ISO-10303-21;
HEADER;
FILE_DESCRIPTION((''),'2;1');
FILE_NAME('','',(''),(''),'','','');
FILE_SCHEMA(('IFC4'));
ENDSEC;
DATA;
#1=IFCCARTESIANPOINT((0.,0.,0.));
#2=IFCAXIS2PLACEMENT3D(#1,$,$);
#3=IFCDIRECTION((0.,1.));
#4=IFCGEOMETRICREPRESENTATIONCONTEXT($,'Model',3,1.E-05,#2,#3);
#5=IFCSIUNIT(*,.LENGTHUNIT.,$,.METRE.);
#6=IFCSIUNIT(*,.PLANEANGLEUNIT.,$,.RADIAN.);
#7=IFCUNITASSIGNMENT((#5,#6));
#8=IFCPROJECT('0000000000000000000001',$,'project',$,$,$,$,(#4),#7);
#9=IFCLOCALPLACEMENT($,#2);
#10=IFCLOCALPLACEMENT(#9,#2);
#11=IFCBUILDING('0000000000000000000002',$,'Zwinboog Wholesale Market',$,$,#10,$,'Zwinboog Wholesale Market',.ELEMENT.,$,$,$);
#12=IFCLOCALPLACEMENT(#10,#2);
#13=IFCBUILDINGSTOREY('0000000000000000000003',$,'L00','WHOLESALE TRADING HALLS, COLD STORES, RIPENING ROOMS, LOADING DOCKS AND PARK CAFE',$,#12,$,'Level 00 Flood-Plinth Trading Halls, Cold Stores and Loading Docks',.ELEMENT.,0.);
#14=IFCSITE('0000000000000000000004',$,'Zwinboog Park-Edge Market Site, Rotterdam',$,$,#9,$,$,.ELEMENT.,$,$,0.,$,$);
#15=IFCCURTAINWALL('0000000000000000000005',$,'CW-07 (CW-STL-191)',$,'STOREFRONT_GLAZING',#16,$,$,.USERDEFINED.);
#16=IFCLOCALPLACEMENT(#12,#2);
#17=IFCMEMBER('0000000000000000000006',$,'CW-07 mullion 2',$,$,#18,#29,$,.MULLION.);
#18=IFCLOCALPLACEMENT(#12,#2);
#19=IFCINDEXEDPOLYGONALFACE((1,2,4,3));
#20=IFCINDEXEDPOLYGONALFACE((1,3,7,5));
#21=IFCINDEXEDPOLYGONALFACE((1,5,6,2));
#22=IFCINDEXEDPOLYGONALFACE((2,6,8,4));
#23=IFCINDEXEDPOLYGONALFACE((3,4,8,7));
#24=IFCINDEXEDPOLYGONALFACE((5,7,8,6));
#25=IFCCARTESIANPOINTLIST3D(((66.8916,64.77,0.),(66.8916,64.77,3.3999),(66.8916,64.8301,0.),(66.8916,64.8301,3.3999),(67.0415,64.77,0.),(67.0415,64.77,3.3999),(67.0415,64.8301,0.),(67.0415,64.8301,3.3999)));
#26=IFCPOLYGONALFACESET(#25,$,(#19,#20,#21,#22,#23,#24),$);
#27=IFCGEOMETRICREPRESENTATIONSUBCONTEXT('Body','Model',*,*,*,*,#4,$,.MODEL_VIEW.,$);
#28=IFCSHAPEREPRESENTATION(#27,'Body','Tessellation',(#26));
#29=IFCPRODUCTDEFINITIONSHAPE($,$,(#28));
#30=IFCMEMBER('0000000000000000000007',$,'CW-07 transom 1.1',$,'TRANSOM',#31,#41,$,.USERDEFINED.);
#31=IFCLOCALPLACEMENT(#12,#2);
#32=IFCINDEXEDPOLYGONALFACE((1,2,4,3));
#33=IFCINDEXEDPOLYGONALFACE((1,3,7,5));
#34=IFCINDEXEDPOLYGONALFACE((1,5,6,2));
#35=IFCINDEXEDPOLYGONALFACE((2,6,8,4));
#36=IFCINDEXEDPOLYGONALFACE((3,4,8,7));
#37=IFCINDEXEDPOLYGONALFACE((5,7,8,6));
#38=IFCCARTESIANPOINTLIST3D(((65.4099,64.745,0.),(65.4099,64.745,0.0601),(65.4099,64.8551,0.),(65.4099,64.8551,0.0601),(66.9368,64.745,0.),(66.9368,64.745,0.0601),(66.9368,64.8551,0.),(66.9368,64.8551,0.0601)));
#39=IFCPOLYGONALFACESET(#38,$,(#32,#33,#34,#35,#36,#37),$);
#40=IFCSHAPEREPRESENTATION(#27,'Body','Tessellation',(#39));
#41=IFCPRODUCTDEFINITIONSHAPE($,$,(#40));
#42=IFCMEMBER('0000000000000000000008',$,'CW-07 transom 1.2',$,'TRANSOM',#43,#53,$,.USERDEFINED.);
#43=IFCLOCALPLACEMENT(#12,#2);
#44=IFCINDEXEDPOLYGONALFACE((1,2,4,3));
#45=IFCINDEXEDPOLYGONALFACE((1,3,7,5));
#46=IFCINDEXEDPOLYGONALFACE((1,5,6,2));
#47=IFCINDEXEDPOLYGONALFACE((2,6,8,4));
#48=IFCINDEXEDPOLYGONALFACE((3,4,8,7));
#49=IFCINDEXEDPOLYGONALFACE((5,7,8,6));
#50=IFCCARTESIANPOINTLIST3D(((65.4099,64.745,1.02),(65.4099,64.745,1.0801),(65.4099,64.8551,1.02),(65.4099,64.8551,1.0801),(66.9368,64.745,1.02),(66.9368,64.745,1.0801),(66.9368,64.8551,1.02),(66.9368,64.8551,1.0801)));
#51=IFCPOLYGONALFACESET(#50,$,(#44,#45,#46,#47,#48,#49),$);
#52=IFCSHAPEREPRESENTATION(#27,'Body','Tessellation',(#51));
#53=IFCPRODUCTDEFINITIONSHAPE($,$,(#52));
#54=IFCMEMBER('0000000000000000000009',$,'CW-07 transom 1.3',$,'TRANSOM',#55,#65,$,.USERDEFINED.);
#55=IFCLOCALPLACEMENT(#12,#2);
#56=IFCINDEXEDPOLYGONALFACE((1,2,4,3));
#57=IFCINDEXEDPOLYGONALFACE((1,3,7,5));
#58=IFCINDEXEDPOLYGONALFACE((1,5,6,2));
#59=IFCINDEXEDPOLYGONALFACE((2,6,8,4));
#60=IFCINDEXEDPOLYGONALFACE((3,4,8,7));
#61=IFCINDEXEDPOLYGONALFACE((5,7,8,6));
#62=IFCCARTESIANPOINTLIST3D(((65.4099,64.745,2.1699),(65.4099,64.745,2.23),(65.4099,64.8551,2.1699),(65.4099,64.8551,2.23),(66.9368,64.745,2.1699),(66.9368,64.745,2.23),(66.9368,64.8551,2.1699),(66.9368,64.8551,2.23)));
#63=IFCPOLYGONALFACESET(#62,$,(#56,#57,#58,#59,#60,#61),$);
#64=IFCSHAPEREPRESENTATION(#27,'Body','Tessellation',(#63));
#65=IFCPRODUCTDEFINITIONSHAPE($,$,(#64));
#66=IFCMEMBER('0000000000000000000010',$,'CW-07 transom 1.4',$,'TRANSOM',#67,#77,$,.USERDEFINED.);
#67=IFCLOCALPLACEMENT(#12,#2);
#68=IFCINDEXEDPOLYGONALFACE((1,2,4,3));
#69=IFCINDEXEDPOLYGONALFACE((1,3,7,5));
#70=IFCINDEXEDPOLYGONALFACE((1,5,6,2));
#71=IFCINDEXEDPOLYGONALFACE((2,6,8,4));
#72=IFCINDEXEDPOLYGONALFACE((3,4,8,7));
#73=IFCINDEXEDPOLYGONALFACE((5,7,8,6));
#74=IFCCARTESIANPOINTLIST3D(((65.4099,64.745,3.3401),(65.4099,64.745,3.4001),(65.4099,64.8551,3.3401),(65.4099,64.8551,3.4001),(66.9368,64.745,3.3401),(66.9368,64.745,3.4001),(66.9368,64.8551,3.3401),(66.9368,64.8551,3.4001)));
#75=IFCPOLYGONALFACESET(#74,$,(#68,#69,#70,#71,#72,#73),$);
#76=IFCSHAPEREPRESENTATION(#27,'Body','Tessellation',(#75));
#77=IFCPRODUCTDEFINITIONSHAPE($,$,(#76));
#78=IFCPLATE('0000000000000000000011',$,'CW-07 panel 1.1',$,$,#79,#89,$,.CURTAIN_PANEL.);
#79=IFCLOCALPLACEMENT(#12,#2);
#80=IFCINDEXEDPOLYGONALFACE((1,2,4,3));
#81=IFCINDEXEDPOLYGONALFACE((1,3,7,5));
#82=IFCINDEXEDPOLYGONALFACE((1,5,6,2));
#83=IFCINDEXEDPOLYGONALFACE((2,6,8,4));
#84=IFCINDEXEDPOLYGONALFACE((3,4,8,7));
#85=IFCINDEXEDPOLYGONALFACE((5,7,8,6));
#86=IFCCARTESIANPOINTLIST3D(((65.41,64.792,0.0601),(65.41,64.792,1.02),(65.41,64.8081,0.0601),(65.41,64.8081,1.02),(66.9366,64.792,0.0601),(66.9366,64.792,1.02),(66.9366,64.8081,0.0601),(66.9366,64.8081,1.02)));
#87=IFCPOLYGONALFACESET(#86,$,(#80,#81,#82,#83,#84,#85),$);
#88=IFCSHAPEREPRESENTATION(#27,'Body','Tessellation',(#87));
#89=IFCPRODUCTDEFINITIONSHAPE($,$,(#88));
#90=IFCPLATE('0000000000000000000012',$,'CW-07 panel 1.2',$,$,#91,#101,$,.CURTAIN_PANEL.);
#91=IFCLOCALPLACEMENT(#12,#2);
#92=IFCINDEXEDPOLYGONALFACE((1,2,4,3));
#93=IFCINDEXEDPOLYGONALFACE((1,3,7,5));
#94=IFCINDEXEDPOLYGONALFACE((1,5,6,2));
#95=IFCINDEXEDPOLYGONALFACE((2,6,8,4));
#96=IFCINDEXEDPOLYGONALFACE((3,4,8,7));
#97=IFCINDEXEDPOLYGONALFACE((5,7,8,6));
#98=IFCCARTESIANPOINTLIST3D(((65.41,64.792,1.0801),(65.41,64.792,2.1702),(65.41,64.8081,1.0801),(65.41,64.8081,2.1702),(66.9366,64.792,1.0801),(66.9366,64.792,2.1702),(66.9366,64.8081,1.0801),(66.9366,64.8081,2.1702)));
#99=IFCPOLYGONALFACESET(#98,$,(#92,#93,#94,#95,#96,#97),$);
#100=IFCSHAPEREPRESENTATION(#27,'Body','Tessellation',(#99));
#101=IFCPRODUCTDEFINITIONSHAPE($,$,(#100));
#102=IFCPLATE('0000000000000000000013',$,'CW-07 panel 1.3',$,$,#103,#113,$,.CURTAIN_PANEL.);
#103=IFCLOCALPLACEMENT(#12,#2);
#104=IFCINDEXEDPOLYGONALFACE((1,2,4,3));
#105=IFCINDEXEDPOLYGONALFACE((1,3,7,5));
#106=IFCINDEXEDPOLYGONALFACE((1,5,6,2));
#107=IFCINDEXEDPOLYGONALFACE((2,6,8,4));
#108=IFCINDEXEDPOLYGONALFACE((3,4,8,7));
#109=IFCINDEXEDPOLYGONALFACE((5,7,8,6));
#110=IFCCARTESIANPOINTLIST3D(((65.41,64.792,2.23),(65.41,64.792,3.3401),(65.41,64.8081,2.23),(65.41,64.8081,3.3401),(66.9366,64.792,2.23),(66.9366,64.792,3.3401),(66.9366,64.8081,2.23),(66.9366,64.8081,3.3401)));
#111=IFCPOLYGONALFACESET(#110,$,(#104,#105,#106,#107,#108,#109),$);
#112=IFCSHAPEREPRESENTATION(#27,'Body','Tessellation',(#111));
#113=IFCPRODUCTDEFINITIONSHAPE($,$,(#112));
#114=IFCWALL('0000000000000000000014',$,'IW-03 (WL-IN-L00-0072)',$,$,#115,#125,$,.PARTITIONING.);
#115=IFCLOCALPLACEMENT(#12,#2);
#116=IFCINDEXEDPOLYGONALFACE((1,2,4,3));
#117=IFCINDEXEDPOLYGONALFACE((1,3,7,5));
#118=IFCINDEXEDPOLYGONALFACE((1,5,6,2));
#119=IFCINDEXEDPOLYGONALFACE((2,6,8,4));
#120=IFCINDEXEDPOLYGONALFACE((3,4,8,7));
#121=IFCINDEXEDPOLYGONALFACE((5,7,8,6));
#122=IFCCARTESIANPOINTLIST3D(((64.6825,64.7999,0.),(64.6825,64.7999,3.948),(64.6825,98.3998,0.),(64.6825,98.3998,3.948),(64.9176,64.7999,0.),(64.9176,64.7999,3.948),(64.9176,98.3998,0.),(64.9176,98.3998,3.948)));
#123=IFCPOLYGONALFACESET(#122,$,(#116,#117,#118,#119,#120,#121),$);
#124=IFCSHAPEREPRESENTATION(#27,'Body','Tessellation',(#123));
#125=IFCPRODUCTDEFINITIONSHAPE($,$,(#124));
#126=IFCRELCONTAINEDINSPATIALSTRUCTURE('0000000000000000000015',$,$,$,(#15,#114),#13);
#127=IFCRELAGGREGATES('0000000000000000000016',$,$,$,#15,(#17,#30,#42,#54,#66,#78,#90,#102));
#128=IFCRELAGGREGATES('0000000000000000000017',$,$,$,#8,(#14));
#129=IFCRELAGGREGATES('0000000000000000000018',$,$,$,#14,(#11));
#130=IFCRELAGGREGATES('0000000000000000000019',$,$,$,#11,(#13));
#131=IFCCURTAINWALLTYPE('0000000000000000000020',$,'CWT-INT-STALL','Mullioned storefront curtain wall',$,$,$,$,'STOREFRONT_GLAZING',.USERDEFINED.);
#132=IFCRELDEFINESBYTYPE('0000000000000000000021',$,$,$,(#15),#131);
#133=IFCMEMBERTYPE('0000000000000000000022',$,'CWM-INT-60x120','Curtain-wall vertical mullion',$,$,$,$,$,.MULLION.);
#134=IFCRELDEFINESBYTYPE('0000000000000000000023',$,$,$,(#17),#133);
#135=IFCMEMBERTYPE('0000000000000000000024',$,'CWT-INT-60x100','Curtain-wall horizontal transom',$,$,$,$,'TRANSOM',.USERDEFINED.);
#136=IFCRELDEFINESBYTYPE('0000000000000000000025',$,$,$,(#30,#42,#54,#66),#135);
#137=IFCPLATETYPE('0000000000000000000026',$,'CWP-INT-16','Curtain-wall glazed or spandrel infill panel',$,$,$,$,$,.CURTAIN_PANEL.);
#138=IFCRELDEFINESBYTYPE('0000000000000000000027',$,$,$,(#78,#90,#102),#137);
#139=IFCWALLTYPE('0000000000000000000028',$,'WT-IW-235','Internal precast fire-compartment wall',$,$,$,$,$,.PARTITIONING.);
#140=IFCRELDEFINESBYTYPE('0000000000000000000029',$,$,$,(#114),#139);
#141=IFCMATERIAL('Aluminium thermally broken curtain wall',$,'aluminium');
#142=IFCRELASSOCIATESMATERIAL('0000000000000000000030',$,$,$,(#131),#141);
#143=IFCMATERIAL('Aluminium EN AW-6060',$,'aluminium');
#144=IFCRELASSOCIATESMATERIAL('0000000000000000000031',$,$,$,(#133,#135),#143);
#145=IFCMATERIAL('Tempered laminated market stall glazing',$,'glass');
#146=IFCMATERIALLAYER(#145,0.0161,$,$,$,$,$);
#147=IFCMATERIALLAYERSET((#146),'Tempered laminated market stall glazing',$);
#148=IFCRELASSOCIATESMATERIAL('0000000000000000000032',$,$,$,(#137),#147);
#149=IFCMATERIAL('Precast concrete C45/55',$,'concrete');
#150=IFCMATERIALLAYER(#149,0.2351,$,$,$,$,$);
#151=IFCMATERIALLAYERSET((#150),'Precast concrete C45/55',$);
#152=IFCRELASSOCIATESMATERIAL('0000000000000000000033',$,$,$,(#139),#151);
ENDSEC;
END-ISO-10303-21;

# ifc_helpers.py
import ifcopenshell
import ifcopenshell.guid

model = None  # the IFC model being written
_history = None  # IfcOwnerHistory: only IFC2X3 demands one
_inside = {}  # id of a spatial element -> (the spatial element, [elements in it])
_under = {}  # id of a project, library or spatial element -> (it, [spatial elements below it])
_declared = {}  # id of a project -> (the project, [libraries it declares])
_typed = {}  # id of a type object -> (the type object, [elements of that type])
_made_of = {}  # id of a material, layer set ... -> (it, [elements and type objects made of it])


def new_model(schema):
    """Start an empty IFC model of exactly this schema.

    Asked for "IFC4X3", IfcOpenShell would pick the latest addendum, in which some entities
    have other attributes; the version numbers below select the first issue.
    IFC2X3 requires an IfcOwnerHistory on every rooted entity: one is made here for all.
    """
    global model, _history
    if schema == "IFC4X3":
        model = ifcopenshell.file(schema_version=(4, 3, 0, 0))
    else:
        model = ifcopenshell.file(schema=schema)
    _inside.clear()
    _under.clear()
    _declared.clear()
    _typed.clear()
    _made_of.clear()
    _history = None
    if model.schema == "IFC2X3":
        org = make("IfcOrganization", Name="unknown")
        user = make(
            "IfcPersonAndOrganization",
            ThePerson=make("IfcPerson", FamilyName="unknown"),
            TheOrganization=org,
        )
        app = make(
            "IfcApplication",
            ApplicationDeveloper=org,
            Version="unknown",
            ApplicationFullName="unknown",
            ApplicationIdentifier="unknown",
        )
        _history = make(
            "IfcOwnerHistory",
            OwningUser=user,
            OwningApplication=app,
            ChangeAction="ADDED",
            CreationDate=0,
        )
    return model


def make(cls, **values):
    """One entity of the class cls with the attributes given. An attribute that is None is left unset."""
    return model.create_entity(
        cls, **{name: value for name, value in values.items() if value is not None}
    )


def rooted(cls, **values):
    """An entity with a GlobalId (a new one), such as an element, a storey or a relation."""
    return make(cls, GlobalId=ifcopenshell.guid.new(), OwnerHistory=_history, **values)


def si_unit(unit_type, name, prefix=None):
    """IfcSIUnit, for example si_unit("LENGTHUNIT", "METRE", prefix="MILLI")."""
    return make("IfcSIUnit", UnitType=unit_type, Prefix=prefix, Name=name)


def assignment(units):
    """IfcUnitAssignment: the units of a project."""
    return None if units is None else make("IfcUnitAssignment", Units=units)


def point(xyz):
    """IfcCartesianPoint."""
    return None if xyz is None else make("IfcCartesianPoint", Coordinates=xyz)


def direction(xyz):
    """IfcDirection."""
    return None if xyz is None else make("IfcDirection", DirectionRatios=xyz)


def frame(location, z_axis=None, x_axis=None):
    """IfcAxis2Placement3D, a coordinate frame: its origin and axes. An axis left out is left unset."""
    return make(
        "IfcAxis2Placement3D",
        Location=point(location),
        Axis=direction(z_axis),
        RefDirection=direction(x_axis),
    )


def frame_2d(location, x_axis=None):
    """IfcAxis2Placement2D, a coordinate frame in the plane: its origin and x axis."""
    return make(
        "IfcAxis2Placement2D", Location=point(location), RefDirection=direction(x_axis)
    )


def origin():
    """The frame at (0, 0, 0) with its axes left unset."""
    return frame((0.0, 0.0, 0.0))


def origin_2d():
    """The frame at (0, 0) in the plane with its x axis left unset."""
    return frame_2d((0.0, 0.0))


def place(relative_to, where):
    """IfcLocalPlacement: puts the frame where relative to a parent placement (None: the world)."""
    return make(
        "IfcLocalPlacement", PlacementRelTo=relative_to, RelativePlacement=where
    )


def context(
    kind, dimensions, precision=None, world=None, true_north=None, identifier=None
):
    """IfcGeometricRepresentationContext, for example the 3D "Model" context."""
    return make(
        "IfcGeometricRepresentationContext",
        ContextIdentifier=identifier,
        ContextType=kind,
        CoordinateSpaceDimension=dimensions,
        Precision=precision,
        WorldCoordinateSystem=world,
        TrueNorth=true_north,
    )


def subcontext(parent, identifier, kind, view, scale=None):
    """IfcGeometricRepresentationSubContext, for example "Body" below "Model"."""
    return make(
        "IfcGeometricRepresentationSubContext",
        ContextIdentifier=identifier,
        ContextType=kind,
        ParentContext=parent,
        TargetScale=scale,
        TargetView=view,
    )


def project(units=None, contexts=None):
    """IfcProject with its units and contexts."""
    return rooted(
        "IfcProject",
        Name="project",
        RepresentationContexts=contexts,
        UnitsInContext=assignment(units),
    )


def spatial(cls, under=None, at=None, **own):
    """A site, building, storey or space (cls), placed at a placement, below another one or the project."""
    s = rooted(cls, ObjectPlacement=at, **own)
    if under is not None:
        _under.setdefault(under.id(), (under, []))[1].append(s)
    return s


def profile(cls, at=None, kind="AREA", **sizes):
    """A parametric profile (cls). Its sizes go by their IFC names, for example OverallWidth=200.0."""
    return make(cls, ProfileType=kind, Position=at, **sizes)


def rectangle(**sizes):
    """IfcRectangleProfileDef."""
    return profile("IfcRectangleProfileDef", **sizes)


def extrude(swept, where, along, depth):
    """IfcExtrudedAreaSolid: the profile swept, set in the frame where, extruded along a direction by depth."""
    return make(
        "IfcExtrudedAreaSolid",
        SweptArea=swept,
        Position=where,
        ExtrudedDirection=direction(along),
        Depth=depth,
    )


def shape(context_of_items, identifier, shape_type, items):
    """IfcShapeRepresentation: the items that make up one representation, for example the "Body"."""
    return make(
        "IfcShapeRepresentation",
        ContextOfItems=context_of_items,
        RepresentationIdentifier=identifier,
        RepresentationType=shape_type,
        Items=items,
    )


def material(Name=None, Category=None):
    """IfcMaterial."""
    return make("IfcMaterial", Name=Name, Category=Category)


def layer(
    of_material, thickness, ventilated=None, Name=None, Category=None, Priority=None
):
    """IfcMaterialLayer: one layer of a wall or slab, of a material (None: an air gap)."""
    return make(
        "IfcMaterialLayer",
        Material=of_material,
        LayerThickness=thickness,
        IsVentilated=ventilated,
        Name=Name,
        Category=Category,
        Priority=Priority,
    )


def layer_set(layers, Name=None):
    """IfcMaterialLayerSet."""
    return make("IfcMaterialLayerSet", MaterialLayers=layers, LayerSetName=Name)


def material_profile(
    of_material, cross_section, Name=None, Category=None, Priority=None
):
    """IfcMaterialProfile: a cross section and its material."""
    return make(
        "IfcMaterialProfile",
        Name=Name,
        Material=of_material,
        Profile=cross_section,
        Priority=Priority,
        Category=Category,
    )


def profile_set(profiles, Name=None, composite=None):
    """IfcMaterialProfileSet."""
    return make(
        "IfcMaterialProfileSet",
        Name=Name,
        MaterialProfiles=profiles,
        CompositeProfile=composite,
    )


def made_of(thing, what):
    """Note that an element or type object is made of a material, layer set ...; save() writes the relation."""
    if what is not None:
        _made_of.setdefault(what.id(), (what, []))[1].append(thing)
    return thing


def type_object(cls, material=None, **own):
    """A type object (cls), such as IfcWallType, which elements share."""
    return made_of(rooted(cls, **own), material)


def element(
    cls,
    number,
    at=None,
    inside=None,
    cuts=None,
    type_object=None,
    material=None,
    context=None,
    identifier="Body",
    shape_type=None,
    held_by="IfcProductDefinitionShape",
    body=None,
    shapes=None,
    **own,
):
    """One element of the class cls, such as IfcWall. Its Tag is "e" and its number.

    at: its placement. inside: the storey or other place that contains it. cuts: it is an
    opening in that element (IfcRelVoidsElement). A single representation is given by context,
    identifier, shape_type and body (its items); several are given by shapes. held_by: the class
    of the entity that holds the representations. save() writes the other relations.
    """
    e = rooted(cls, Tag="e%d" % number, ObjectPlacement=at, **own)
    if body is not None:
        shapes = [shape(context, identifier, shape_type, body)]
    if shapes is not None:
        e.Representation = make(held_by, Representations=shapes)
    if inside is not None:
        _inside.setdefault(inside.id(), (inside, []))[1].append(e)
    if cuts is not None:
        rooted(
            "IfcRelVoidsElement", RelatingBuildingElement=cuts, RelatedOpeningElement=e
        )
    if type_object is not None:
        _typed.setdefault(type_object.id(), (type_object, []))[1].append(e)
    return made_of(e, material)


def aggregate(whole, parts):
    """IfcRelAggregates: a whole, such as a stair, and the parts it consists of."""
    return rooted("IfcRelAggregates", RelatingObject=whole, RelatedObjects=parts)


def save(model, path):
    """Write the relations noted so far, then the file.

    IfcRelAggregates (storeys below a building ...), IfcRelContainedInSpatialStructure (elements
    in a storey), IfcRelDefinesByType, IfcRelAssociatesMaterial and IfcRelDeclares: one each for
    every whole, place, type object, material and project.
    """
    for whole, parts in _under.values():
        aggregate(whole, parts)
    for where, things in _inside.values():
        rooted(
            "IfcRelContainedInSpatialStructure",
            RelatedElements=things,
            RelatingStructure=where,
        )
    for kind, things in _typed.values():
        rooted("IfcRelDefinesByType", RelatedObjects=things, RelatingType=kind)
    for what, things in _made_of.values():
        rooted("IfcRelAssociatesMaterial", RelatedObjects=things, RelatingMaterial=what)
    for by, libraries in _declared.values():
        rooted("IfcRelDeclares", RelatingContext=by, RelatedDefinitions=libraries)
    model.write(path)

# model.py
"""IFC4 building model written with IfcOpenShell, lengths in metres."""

from ifc_helpers import new_model, si_unit, direction, frame, frame_2d, origin, origin_2d, place, context, subcontext, project, spatial, rectangle, extrude, material, layer, layer_set, material_profile, profile_set, type_object, element, aggregate, save


model = new_model("IFC4")

# Units and contexts
model_context = context("Model", 3, precision=1e-05, world=origin(), true_north=direction((0.0, 1.0)))
body_context = subcontext(model_context, "Body", "Model", "MODEL_VIEW")
ifc_project = project(units=[si_unit("LENGTHUNIT", "METRE"), si_unit("PLANEANGLEUNIT", "RADIAN")], contexts=[model_context])

# Site, building, storey
site_placement = place(None, origin())
site = spatial("IfcSite", under=ifc_project, at=site_placement, Name="Zwinboog Park-Edge Market Site, Rotterdam", CompositionType="ELEMENT", RefElevation=0.0)
building_placement = place(site_placement, origin())
building = spatial("IfcBuilding", under=site, at=building_placement, Name="Zwinboog Wholesale Market", LongName="Zwinboog Wholesale Market", CompositionType="ELEMENT")
storey_placement = place(building_placement, origin())
storey = spatial("IfcBuildingStorey", under=building, at=storey_placement, Name="L00", Description="WHOLESALE TRADING HALLS, COLD STORES, RIPENING ROOMS, LOADING DOCKS AND PARK CAFE", LongName="Level 00 Flood-Plinth Trading Halls, Cold Stores and Loading Docks", CompositionType="ELEMENT", Elevation=0.0)

# Shared definitions
ifc_material_1 = material(Name="Precast concrete C45/55", Category="concrete")

# Shared definitions
ifc_material_2 = material(Name="Aluminium thermally broken curtain wall", Category="aluminium")
curtain_wall_type = type_object("IfcCurtainWallType", Name="CWT-INT-STALL", Description="Mullioned storefront curtain wall", ElementType="STOREFRONT_GLAZING", PredefinedType="USERDEFINED", material=ifc_material_2)
ifc_material_3 = material(Name="Aluminium EN AW-6060", Category="aluminium")
ifc_material_profile_1 = material_profile(ifc_material_3, rectangle(XDim=0.0601, YDim=0.1499, at=origin_2d()), Name="AL 60x150")
ifc_profile_set_1 = profile_set([ifc_material_profile_1], Name="Aluminium EN AW-6060")
member_type_1 = type_object("IfcMemberType", Name="CWM-INT-60x120", Description="Curtain-wall vertical mullion", PredefinedType="MULLION", material=ifc_profile_set_1)

# Curtain wall, members, plates
curtain_wall_1_placement = place(storey_placement, origin())
curtain_wall_1 = element("IfcCurtainWall", 1, at=curtain_wall_1_placement, inside=storey, type_object=curtain_wall_type, Name="CW-07 (CW-STL-191)", ObjectType="STOREFRONT_GLAZING", PredefinedType="USERDEFINED")
member_1_placement = place(storey_placement, frame((66.9666, 64.8, 0.0), z_axis=(0.0, 0.0, 1.0), x_axis=(0.0, 1.0, 0.0)))
member_1 = element("IfcMember", 2, at=member_1_placement, type_object=member_type_1, Name="CW-07 mullion 2", PredefinedType="MULLION", context=body_context, shape_type="SweptSolid", body=[
    extrude(rectangle(XDim=0.0601, YDim=0.1499, at=origin_2d()), origin(), (0.0, 0.0, 1.0), 3.3999),
])
ifc_material_profile_2 = material_profile(ifc_material_3, rectangle(XDim=0.1101, YDim=0.0601, at=origin_2d()), Name="AL 60x110")
ifc_profile_set_2 = profile_set([ifc_material_profile_2], Name="Aluminium EN AW-6060")
member_type_2 = type_object("IfcMemberType", Name="CWT-INT-60x100", Description="Curtain-wall horizontal transom", ElementType="TRANSOM", PredefinedType="USERDEFINED", material=ifc_profile_set_2)
member_2_placement = place(storey_placement, frame((65.4099, 64.8, 0.03), z_axis=(1.0, 0.0, 0.0), x_axis=(0.0, 1.0, 0.0)))
member_2 = element("IfcMember", 3, at=member_2_placement, type_object=member_type_2, Name="CW-07 transom 1.1", ObjectType="TRANSOM", PredefinedType="USERDEFINED", context=body_context, shape_type="SweptSolid", body=[
    extrude(rectangle(XDim=0.1101, YDim=0.0601, at=origin_2d()), origin(), (0.0, 0.0, 1.0), 1.5269),
])
member_3_placement = place(storey_placement, frame((65.4099, 64.8, 1.05), z_axis=(1.0, 0.0, 0.0), x_axis=(0.0, 1.0, 0.0)))
member_3 = element("IfcMember", 4, at=member_3_placement, type_object=member_type_2, Name="CW-07 transom 1.2", ObjectType="TRANSOM", PredefinedType="USERDEFINED", context=body_context, shape_type="SweptSolid", body=[
    extrude(rectangle(XDim=0.1101, YDim=0.0601, at=origin_2d()), origin(), (0.0, 0.0, 1.0), 1.5269),
])
member_4_placement = place(storey_placement, frame((65.4099, 64.8, 2.2), z_axis=(1.0, 0.0, 0.0), x_axis=(0.0, 1.0, 0.0)))
member_4 = element("IfcMember", 5, at=member_4_placement, type_object=member_type_2, Name="CW-07 transom 1.3", ObjectType="TRANSOM", PredefinedType="USERDEFINED", context=body_context, shape_type="SweptSolid", body=[
    extrude(rectangle(XDim=0.1101, YDim=0.0601, at=origin_2d()), origin(), (0.0, 0.0, 1.0), 1.5269),
])
member_5_placement = place(storey_placement, frame((65.4099, 64.8, 3.3701), z_axis=(1.0, 0.0, 0.0), x_axis=(0.0, 1.0, 0.0)))
member_5 = element("IfcMember", 6, at=member_5_placement, type_object=member_type_2, Name="CW-07 transom 1.4", ObjectType="TRANSOM", PredefinedType="USERDEFINED", context=body_context, shape_type="SweptSolid", body=[
    extrude(rectangle(XDim=0.1101, YDim=0.0601, at=origin_2d()), origin(), (0.0, 0.0, 1.0), 1.5269),
])
ifc_material_4 = material(Name="Tempered laminated market stall glazing", Category="glass")
ifc_layer_1 = layer(ifc_material_4, 0.0161)
ifc_layer_set_1 = layer_set([ifc_layer_1], Name="Tempered laminated market stall glazing")
plate_type = type_object("IfcPlateType", Name="CWP-INT-16", Description="Curtain-wall glazed or spandrel infill panel", PredefinedType="CURTAIN_PANEL", material=ifc_layer_set_1)
plate_1_placement = place(storey_placement, frame((66.1733, 64.8, 0.0601), z_axis=(0.0, 0.0, 1.0), x_axis=(1.0, 0.0, 0.0)))
plate_1 = element("IfcPlate", 7, at=plate_1_placement, type_object=plate_type, Name="CW-07 panel 1.1", PredefinedType="CURTAIN_PANEL", context=body_context, shape_type="SweptSolid", body=[
    extrude(rectangle(XDim=1.5266, YDim=0.0161, at=origin_2d()), origin(), (0.0, 0.0, 1.0), 0.96),
])
plate_2_placement = place(storey_placement, frame((66.1733, 64.8, 1.0801), z_axis=(0.0, 0.0, 1.0), x_axis=(1.0, 0.0, 0.0)))
plate_2 = element("IfcPlate", 8, at=plate_2_placement, type_object=plate_type, Name="CW-07 panel 1.2", PredefinedType="CURTAIN_PANEL", context=body_context, shape_type="SweptSolid", body=[
    extrude(rectangle(XDim=1.5266, YDim=0.0161, at=origin_2d()), origin(), (0.0, 0.0, 1.0), 1.0901),
])
plate_3_placement = place(storey_placement, frame((66.1733, 64.8, 2.23), z_axis=(0.0, 0.0, 1.0), x_axis=(1.0, 0.0, 0.0)))
plate_3 = element("IfcPlate", 9, at=plate_3_placement, type_object=plate_type, Name="CW-07 panel 1.3", PredefinedType="CURTAIN_PANEL", context=body_context, shape_type="SweptSolid", body=[
    extrude(rectangle(XDim=1.5266, YDim=0.0161, at=origin_2d()), origin(), (0.0, 0.0, 1.0), 1.1101),
])
aggregate(curtain_wall_1, [member_1, member_2, member_3, member_4, member_5, plate_1, plate_2, plate_3])

# Wall
ifc_layer_2 = layer(ifc_material_1, 0.2351)
ifc_layer_set_2 = layer_set([ifc_layer_2], Name="Precast concrete C45/55")
wall_type = type_object("IfcWallType", Name="WT-IW-235", Description="Internal precast fire-compartment wall", PredefinedType="PARTITIONING", material=ifc_layer_set_2)
wall_placement = place(storey_placement, frame((64.8, 64.8, 0.0), z_axis=(0.0, 0.0, 1.0), x_axis=(0.0, 1.0, 0.0)))
element("IfcWall", 10, at=wall_placement, inside=storey, type_object=wall_type, Name="IW-03 (WL-IN-L00-0072)", PredefinedType="PARTITIONING", context=body_context, shape_type="SweptSolid", body=[
    extrude(rectangle(XDim=33.5999, YDim=0.2351, at=frame_2d((16.7998, 0.0))), origin(), (0.0, 0.0, 1.0), 3.948),
])

save(model, "model.ifc")
